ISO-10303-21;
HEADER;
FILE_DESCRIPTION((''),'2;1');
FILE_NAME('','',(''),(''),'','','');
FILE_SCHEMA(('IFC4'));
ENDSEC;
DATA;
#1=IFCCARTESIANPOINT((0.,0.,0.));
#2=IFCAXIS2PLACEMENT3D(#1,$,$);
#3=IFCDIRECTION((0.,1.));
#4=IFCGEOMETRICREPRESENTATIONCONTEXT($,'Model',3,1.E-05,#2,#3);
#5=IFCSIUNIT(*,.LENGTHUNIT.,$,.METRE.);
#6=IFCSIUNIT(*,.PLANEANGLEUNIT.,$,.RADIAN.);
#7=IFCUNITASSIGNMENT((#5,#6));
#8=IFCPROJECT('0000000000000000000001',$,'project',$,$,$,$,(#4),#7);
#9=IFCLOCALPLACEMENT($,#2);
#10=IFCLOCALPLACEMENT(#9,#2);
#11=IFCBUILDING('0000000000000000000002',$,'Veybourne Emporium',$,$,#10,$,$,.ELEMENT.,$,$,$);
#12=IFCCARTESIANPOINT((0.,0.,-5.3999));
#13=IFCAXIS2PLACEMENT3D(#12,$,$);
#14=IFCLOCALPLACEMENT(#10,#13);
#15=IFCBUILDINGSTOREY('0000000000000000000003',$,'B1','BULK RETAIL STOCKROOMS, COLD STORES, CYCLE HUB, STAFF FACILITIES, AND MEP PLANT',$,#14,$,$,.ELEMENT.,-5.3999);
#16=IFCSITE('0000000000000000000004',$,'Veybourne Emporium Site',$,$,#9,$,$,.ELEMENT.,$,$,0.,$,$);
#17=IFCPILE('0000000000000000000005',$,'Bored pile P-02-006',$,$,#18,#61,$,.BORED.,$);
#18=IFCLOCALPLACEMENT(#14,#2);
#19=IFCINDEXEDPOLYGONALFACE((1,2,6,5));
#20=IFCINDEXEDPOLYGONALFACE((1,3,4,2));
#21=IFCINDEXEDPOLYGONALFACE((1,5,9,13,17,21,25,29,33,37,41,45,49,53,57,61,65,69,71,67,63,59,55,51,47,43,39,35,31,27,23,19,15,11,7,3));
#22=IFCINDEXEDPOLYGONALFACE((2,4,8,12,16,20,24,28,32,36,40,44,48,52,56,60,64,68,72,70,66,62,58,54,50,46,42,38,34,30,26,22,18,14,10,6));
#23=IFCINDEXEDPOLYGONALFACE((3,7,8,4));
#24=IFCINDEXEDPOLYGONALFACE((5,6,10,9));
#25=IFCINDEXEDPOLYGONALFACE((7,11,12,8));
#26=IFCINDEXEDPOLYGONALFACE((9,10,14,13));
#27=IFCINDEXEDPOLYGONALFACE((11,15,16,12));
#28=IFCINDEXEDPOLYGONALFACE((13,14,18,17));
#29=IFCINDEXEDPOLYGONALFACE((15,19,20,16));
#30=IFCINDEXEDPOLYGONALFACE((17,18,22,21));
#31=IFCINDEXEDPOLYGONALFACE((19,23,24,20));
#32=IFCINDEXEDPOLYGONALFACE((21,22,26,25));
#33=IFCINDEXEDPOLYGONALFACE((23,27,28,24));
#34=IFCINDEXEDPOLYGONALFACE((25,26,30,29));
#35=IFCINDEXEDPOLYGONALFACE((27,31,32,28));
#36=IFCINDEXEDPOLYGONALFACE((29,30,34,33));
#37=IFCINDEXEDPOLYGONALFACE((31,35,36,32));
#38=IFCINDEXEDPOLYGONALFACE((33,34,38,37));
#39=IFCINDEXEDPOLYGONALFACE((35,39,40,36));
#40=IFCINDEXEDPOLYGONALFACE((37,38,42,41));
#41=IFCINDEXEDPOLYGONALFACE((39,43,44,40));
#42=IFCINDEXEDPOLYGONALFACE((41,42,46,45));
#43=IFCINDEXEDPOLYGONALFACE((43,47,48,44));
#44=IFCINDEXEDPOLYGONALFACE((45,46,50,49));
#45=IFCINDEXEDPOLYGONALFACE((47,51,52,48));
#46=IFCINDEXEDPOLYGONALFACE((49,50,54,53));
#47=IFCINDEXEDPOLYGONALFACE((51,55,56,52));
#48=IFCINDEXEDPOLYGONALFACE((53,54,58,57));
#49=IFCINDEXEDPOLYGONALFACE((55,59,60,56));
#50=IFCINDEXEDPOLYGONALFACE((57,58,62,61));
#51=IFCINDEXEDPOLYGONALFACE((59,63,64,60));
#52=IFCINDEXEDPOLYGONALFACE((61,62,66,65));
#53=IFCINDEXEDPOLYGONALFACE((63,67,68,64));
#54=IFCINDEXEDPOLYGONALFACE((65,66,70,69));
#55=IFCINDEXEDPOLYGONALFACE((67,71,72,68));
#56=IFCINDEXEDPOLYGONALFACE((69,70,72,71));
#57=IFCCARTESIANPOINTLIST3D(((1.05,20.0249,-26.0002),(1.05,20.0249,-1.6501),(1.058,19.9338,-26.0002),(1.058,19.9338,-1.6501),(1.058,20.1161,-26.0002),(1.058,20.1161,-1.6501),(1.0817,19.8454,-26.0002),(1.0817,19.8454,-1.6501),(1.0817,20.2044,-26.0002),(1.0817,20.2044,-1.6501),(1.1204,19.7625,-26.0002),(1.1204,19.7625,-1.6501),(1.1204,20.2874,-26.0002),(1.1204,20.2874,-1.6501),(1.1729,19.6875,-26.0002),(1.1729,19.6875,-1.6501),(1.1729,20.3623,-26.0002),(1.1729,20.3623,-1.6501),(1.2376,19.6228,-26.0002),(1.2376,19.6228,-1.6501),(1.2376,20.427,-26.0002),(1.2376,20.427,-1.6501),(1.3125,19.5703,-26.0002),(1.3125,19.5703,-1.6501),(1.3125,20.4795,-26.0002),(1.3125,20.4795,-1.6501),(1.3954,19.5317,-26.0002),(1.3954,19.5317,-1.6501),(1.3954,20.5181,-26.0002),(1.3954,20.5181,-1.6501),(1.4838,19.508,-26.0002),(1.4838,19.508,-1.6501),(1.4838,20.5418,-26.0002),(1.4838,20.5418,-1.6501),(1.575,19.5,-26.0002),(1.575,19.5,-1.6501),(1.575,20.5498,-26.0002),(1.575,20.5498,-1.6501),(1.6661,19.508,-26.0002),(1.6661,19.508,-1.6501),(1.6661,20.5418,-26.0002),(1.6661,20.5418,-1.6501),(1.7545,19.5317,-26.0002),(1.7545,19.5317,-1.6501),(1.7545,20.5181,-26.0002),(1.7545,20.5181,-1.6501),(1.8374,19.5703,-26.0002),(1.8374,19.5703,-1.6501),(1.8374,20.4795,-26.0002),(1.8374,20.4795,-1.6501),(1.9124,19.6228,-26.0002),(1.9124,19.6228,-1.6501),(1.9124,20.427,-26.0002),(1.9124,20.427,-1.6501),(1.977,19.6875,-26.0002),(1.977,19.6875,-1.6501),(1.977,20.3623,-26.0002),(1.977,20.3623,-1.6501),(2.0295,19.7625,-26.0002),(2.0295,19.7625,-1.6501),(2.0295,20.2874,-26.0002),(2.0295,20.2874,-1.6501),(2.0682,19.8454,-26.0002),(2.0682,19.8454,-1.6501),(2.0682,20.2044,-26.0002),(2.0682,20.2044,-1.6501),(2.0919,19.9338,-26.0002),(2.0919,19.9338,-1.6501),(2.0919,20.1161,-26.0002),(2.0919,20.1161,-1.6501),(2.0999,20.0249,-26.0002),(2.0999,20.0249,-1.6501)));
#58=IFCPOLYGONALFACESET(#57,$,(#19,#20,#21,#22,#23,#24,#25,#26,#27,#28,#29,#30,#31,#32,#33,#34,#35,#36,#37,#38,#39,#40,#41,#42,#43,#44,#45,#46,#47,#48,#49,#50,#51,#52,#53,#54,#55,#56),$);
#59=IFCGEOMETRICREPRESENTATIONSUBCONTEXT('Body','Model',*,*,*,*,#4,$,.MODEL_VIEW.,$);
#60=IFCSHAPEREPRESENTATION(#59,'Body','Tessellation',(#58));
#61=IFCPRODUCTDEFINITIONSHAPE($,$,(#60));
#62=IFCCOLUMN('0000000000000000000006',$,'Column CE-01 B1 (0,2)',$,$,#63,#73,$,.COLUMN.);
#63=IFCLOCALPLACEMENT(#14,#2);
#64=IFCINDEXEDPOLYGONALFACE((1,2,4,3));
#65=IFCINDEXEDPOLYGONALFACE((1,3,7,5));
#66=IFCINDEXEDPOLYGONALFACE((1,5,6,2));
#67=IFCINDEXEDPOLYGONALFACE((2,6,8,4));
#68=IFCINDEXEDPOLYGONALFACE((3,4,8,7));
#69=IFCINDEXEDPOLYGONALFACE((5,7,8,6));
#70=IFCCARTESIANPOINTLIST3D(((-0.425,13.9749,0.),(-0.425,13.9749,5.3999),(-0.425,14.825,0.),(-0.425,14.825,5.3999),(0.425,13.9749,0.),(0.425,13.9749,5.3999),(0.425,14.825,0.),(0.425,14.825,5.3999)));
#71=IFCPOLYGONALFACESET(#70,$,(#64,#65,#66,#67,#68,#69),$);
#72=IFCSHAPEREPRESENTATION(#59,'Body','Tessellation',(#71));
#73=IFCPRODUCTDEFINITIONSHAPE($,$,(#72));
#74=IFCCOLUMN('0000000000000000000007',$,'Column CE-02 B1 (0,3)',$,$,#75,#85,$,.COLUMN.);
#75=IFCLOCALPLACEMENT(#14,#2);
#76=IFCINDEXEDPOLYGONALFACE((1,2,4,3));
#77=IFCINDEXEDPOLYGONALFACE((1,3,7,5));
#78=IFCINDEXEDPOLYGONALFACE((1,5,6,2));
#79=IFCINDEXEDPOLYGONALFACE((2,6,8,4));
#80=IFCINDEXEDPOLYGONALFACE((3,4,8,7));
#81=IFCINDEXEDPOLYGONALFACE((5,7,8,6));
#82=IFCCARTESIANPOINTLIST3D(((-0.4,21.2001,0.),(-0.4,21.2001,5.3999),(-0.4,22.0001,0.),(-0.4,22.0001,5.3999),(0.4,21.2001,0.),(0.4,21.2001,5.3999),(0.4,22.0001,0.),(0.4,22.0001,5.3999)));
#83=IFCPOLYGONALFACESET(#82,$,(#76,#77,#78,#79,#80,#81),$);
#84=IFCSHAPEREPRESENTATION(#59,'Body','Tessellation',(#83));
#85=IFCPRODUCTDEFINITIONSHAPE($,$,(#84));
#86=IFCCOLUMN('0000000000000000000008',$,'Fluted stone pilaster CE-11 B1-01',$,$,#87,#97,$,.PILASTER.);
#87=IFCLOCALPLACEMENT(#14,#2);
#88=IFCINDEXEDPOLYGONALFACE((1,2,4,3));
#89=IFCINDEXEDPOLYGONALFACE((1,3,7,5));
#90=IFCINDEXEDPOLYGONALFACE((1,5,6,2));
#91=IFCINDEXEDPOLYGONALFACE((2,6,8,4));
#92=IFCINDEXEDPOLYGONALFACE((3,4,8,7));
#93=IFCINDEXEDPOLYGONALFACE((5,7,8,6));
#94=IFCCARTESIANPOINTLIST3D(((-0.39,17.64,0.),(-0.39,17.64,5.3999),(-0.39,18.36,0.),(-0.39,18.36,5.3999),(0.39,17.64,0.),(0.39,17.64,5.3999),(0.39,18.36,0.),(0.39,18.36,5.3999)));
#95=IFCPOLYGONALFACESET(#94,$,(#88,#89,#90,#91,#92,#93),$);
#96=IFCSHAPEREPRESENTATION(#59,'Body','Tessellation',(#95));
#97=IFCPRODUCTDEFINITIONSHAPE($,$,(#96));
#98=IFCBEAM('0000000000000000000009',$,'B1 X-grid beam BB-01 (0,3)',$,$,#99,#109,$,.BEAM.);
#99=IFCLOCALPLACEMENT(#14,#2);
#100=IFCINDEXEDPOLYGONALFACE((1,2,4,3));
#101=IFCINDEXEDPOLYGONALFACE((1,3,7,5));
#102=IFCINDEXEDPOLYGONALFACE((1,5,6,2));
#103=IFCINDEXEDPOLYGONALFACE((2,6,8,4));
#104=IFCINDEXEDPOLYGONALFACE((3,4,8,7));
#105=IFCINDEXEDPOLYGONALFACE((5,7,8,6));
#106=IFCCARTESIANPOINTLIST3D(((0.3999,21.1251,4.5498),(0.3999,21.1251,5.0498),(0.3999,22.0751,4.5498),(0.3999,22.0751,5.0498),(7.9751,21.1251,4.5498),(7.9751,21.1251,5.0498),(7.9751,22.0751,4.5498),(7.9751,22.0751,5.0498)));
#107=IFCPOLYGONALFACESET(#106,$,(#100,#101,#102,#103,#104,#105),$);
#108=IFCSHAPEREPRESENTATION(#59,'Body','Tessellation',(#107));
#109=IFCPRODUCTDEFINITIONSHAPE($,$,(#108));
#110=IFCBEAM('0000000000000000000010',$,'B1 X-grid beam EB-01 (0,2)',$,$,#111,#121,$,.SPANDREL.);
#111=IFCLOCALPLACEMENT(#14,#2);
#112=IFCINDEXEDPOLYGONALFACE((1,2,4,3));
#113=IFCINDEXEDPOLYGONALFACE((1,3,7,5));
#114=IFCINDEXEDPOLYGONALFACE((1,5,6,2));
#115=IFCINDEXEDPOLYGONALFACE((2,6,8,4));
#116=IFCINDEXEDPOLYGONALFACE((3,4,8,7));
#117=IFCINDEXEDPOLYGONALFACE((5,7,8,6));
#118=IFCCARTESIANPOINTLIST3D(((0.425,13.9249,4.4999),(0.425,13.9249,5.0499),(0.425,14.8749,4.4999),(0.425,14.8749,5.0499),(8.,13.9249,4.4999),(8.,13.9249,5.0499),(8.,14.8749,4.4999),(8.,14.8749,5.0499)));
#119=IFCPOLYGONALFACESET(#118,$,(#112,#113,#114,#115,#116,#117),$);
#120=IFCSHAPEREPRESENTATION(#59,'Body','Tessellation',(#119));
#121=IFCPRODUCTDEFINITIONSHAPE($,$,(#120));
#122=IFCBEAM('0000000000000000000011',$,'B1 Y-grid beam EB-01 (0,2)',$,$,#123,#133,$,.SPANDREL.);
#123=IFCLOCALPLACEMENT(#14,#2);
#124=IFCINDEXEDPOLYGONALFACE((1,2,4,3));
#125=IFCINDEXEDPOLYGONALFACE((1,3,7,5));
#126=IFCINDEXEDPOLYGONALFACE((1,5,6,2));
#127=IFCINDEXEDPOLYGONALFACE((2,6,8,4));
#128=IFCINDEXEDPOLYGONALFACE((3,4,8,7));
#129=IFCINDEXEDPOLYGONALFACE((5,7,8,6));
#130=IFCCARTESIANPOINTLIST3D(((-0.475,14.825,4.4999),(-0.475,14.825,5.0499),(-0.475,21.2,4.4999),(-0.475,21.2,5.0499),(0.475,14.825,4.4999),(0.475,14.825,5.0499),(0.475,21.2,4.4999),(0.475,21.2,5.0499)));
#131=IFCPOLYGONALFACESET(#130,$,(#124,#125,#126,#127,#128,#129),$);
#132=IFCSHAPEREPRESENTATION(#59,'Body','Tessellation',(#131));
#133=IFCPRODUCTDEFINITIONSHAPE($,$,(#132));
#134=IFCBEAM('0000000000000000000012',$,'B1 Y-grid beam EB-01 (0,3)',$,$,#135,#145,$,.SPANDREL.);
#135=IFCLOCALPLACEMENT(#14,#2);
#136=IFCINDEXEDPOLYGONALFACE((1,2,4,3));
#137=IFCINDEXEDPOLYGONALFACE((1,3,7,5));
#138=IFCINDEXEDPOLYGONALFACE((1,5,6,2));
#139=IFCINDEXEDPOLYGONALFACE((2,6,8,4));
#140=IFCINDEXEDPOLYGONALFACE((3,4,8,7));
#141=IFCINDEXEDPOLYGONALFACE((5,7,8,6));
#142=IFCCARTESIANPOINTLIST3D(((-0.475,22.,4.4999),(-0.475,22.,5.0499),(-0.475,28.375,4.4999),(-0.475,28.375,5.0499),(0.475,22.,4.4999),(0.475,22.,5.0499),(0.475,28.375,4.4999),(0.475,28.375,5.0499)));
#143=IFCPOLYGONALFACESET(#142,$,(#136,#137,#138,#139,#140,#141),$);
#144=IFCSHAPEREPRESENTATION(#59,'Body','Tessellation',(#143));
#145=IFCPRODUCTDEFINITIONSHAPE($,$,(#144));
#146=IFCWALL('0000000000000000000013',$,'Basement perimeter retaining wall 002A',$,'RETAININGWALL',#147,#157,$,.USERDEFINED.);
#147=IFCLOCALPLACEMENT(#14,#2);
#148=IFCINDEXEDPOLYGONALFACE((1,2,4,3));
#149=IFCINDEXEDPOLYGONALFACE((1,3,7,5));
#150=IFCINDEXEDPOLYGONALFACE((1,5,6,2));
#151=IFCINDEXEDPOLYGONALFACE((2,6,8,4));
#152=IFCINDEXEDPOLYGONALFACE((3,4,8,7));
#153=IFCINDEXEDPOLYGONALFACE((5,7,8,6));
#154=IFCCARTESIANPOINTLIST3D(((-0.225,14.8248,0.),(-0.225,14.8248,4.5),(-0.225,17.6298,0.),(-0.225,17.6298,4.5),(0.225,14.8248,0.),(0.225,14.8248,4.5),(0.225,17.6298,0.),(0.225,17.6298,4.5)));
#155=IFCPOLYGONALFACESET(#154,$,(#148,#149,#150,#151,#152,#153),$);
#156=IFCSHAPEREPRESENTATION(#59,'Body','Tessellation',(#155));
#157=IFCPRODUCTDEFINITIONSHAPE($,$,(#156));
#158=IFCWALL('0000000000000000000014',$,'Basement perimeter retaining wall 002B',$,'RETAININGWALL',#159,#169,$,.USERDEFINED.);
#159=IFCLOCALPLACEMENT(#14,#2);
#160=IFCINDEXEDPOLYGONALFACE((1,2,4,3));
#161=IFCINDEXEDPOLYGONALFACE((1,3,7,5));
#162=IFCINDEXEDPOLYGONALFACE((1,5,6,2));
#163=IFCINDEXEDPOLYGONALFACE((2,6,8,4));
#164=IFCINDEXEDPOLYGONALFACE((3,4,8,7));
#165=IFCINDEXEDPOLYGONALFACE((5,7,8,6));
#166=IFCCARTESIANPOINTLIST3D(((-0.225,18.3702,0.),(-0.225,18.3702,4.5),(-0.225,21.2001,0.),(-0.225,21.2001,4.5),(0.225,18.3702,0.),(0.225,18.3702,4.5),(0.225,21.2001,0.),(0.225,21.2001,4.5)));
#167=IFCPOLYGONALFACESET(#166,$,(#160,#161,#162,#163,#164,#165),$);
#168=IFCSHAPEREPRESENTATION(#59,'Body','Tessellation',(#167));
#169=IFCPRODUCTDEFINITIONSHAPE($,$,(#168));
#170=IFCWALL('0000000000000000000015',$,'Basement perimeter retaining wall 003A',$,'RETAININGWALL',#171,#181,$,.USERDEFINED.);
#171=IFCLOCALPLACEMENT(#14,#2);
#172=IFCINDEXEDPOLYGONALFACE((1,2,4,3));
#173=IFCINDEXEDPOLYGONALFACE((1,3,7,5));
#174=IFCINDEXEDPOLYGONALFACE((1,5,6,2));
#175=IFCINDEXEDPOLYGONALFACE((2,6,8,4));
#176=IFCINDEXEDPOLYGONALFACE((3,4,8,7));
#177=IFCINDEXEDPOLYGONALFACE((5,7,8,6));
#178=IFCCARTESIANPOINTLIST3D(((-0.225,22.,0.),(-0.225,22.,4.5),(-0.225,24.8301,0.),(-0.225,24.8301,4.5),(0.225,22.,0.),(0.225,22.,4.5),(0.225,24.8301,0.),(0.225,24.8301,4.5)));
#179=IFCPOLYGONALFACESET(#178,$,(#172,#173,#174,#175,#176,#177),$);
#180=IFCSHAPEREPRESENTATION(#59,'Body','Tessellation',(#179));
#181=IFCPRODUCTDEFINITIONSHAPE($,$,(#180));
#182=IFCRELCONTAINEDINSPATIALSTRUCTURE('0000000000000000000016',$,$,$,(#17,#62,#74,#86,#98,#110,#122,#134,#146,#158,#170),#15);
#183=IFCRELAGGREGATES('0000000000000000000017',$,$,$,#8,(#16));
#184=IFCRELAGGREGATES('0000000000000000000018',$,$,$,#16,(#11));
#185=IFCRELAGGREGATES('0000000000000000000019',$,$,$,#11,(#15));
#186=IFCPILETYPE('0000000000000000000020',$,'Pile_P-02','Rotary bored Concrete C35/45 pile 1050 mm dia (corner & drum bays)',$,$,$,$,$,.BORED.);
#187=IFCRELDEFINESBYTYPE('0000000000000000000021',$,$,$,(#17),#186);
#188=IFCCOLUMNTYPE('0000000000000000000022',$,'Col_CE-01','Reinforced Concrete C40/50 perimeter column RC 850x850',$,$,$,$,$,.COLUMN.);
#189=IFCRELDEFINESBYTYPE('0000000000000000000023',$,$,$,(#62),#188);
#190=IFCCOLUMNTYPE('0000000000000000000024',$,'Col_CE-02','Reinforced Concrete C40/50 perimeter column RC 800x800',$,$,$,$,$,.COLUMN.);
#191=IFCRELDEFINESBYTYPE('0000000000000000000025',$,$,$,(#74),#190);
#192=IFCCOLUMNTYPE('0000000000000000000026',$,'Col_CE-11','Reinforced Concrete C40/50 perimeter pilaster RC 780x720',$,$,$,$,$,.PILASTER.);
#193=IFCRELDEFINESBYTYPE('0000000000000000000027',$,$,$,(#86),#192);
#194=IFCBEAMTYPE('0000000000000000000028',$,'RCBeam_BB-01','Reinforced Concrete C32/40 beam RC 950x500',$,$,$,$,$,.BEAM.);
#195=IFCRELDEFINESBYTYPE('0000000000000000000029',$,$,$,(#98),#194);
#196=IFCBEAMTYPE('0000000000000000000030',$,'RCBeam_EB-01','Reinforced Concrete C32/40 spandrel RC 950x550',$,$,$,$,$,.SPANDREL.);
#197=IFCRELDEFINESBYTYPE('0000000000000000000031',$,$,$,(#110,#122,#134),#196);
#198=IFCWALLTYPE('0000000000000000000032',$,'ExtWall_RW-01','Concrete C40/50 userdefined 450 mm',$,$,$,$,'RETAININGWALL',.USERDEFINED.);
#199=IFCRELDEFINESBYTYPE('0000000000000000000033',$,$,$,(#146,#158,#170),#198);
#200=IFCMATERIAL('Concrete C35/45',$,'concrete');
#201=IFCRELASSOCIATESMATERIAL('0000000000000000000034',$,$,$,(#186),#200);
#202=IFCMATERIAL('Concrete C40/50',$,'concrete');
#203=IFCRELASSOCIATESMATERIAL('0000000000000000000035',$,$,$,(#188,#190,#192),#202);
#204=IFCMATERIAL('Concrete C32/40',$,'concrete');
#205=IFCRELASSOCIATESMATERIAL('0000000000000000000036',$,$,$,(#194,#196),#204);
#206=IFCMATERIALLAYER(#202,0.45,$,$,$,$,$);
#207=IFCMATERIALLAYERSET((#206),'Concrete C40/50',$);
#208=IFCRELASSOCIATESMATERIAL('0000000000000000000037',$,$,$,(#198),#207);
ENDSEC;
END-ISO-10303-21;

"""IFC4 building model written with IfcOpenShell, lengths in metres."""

from ifc_helpers import new_model, si_unit, direction, frame, frame_2d, origin, origin_2d, place, context, subcontext, project, spatial, rectangle, circle, extrude, material, layer, layer_set, material_profile, profile_set, type_object, element, save


model = new_model("IFC4")

# Units and contexts
model_context = context("Model", 3, precision=1e-05, world=origin(), true_north=direction((0.0, 1.0)))
body_context = subcontext(model_context, "Body", "Model", "MODEL_VIEW")
ifc_project = project(units=[si_unit("LENGTHUNIT", "METRE"), si_unit("PLANEANGLEUNIT", "RADIAN")], contexts=[model_context])

# Site, building, storey
site_placement = place(None, origin())
site = spatial("IfcSite", under=ifc_project, at=site_placement, Name="Veybourne Emporium Site", CompositionType="ELEMENT", RefElevation=0.0)
building_placement = place(site_placement, origin())
building = spatial("IfcBuilding", under=site, at=building_placement, Name="Veybourne Emporium", CompositionType="ELEMENT")
storey_placement = place(building_placement, frame((0.0, 0.0, -5.3999)))
storey = spatial("IfcBuildingStorey", under=building, at=storey_placement, Name="B1", Description="BULK RETAIL STOCKROOMS, COLD STORES, CYCLE HUB, STAFF FACILITIES, AND MEP PLANT", CompositionType="ELEMENT", Elevation=-5.3999)

# Shared definitions
ifc_material_1 = material(Name="Concrete C35/45", Category="concrete")

# Pile
ifc_material_profile_1 = material_profile(ifc_material_1, circle(Radius=0.5249, at=origin_2d()), Name="BORED PILE 1050")
ifc_profile_set_1 = profile_set([ifc_material_profile_1], Name="Concrete C35/45")
pile_type = type_object("IfcPileType", Name="Pile_P-02", Description="Rotary bored Concrete C35/45 pile 1050 mm dia (corner & drum bays)", PredefinedType="BORED", material=ifc_profile_set_1)
for number, where, z_axis, x_axis, name in (
    (1, (1.575, 20.0249, -1.6501), (0.0, 0.0, -1.0), (1.0, 0.0, 0.0), "Bored pile P-02-006"),
):
    element("IfcPile", number, at=place(storey_placement, frame(where, z_axis=z_axis, x_axis=x_axis)), inside=storey, type_object=pile_type, Name=name, PredefinedType="BORED", context=body_context, shape_type="SweptSolid", body=[
        extrude(circle(Radius=0.5249, at=origin_2d()), origin(), (0.0, 0.0, 1.0), 24.3501),
    ])

# Columns
ifc_material_2 = material(Name="Concrete C40/50", Category="concrete")
ifc_material_profile_2 = material_profile(ifc_material_2, rectangle(XDim=0.8501, YDim=0.8501, at=origin_2d()), Name="RC 850x850")
ifc_profile_set_2 = profile_set([ifc_material_profile_2], Name="Concrete C40/50")
column_type_1 = type_object("IfcColumnType", Name="Col_CE-01", Description="Reinforced Concrete C40/50 perimeter column RC 850x850", PredefinedType="COLUMN", material=ifc_profile_set_2)
column_1_placement = place(storey_placement, frame((0.0, 14.3999, 0.0), z_axis=(0.0, 0.0, 1.0), x_axis=(1.0, 0.0, 0.0)))
element("IfcColumn", 2, at=column_1_placement, inside=storey, type_object=column_type_1, Name="Column CE-01 B1 (0,2)", PredefinedType="COLUMN", context=body_context, shape_type="SweptSolid", body=[
    extrude(rectangle(XDim=0.8501, YDim=0.8501, at=origin_2d()), origin(), (0.0, 0.0, 1.0), 5.3999),
])
ifc_material_profile_3 = material_profile(ifc_material_2, rectangle(XDim=0.8, YDim=0.8, at=origin_2d()), Name="RC 800x800")
ifc_profile_set_3 = profile_set([ifc_material_profile_3], Name="Concrete C40/50")
column_type_2 = type_object("IfcColumnType", Name="Col_CE-02", Description="Reinforced Concrete C40/50 perimeter column RC 800x800", PredefinedType="COLUMN", material=ifc_profile_set_3)
column_2_placement = place(storey_placement, frame((0.0, 21.6001, 0.0), z_axis=(0.0, 0.0, 1.0), x_axis=(1.0, 0.0, 0.0)))
element("IfcColumn", 3, at=column_2_placement, inside=storey, type_object=column_type_2, Name="Column CE-02 B1 (0,3)", PredefinedType="COLUMN", context=body_context, shape_type="SweptSolid", body=[
    extrude(rectangle(XDim=0.8, YDim=0.8, at=origin_2d()), origin(), (0.0, 0.0, 1.0), 5.3999),
])
ifc_material_profile_4 = material_profile(ifc_material_2, rectangle(XDim=0.78, YDim=0.72, at=origin_2d()), Name="RC 780x720")
ifc_profile_set_4 = profile_set([ifc_material_profile_4], Name="Concrete C40/50")
column_type_3 = type_object("IfcColumnType", Name="Col_CE-11", Description="Reinforced Concrete C40/50 perimeter pilaster RC 780x720", PredefinedType="PILASTER", material=ifc_profile_set_4)
column_3_placement = place(storey_placement, frame((0.0, 18.0, 0.0), z_axis=(0.0, 0.0, 1.0), x_axis=(1.0, 0.0, 0.0)))
element("IfcColumn", 4, at=column_3_placement, inside=storey, type_object=column_type_3, Name="Fluted stone pilaster CE-11 B1-01", PredefinedType="PILASTER", context=body_context, shape_type="SweptSolid", body=[
    extrude(rectangle(XDim=0.78, YDim=0.72, at=origin_2d()), origin(), (0.0, 0.0, 1.0), 5.3999),
])

# Beams
ifc_material_3 = material(Name="Concrete C32/40", Category="concrete")
ifc_material_profile_5 = material_profile(ifc_material_3, rectangle(XDim=0.95, YDim=0.5, at=origin_2d()), Name="RC 950x500")
ifc_profile_set_5 = profile_set([ifc_material_profile_5], Name="Concrete C32/40")
beam_type_1 = type_object("IfcBeamType", Name="RCBeam_BB-01", Description="Reinforced Concrete C32/40 beam RC 950x500", PredefinedType="BEAM", material=ifc_profile_set_5)
beam_1_placement = place(storey_placement, frame((0.3999, 21.6001, 4.7998), z_axis=(1.0, 0.0, 0.0), x_axis=(0.0, 1.0, 0.0)))
element("IfcBeam", 5, at=beam_1_placement, inside=storey, type_object=beam_type_1, Name="B1 X-grid beam BB-01 (0,3)", PredefinedType="BEAM", context=body_context, shape_type="SweptSolid", body=[
    extrude(rectangle(XDim=0.95, YDim=0.5, at=origin_2d()), origin(), (0.0, 0.0, 1.0), 7.5752),
])
ifc_material_profile_6 = material_profile(ifc_material_3, rectangle(XDim=0.95, YDim=0.55, at=origin_2d()), Name="RC 950x550")
ifc_profile_set_6 = profile_set([ifc_material_profile_6], Name="Concrete C32/40")
beam_type_2 = type_object("IfcBeamType", Name="RCBeam_EB-01", Description="Reinforced Concrete C32/40 spandrel RC 950x550", PredefinedType="SPANDREL", material=ifc_profile_set_6)
beam_2_placement = place(storey_placement, frame((0.425, 14.3999, 4.7749), z_axis=(1.0, 0.0, 0.0), x_axis=(0.0, 1.0, 0.0)))
element("IfcBeam", 6, at=beam_2_placement, inside=storey, type_object=beam_type_2, Name="B1 X-grid beam EB-01 (0,2)", PredefinedType="SPANDREL", context=body_context, shape_type="SweptSolid", body=[
    extrude(rectangle(XDim=0.95, YDim=0.55, at=origin_2d()), origin(), (0.0, 0.0, 1.0), 7.575),
])
for number, where, z_axis, x_axis, name in (
    (7, (0.0, 14.825, 4.7749), (0.0, 1.0, 0.0), (-1.0, 0.0, 0.0), "B1 Y-grid beam EB-01 (0,2)"),
    (8, (0.0, 22.0, 4.7749), (0.0, 1.0, 0.0), (-1.0, 0.0, 0.0), "B1 Y-grid beam EB-01 (0,3)"),
):
    element("IfcBeam", number, at=place(storey_placement, frame(where, z_axis=z_axis, x_axis=x_axis)), inside=storey, type_object=beam_type_2, Name=name, PredefinedType="SPANDREL", context=body_context, shape_type="SweptSolid", body=[
        extrude(rectangle(XDim=0.95, YDim=0.55, at=origin_2d()), origin(), (0.0, 0.0, 1.0), 6.375),
    ])

# Walls
ifc_layer_1 = layer(ifc_material_2, 0.45)
ifc_layer_set_1 = layer_set([ifc_layer_1], Name="Concrete C40/50")
wall_type_1 = type_object("IfcWallType", Name="ExtWall_RW-01", Description="Concrete C40/50 userdefined 450 mm", ElementType="RETAININGWALL", PredefinedType="USERDEFINED", material=ifc_layer_set_1)
wall_1_placement = place(storey_placement, frame((0.0, 14.825, 0.0), z_axis=(0.0, 0.0, 1.0), x_axis=(0.0, 1.0, 0.0)))
element("IfcWall", 9, at=wall_1_placement, inside=storey, type_object=wall_type_1, Name="Basement perimeter retaining wall 002A", ObjectType="RETAININGWALL", PredefinedType="USERDEFINED", context=body_context, shape_type="SweptSolid", body=[
    extrude(rectangle(XDim=2.8049, YDim=0.45, at=frame_2d((1.4023, 0.0))), origin(), (0.0, 0.0, 1.0), 4.5),
])
wall_2_placement = place(storey_placement, frame((0.0, 18.3701, 0.0), z_axis=(0.0, 0.0, 1.0), x_axis=(0.0, 1.0, 0.0)))
element("IfcWall", 10, at=wall_2_placement, inside=storey, type_object=wall_type_1, Name="Basement perimeter retaining wall 002B", ObjectType="RETAININGWALL", PredefinedType="USERDEFINED", context=body_context, shape_type="SweptSolid", body=[
    extrude(rectangle(XDim=2.8298, YDim=0.45, at=frame_2d((1.415, 0.0))), origin(), (0.0, 0.0, 1.0), 4.5),
])
wall_3_placement = place(storey_placement, frame((0.0, 22.0, 0.0), z_axis=(0.0, 0.0, 1.0), x_axis=(0.0, 1.0, 0.0)))
element("IfcWall", 11, at=wall_3_placement, inside=storey, type_object=wall_type_1, Name="Basement perimeter retaining wall 003A", ObjectType="RETAININGWALL", PredefinedType="USERDEFINED", context=body_context, shape_type="SweptSolid", body=[
    extrude(rectangle(XDim=2.8301, YDim=0.45, at=frame_2d((1.415, 0.0))), origin(), (0.0, 0.0, 1.0), 4.5),
])

save(model, "model.ifc")
